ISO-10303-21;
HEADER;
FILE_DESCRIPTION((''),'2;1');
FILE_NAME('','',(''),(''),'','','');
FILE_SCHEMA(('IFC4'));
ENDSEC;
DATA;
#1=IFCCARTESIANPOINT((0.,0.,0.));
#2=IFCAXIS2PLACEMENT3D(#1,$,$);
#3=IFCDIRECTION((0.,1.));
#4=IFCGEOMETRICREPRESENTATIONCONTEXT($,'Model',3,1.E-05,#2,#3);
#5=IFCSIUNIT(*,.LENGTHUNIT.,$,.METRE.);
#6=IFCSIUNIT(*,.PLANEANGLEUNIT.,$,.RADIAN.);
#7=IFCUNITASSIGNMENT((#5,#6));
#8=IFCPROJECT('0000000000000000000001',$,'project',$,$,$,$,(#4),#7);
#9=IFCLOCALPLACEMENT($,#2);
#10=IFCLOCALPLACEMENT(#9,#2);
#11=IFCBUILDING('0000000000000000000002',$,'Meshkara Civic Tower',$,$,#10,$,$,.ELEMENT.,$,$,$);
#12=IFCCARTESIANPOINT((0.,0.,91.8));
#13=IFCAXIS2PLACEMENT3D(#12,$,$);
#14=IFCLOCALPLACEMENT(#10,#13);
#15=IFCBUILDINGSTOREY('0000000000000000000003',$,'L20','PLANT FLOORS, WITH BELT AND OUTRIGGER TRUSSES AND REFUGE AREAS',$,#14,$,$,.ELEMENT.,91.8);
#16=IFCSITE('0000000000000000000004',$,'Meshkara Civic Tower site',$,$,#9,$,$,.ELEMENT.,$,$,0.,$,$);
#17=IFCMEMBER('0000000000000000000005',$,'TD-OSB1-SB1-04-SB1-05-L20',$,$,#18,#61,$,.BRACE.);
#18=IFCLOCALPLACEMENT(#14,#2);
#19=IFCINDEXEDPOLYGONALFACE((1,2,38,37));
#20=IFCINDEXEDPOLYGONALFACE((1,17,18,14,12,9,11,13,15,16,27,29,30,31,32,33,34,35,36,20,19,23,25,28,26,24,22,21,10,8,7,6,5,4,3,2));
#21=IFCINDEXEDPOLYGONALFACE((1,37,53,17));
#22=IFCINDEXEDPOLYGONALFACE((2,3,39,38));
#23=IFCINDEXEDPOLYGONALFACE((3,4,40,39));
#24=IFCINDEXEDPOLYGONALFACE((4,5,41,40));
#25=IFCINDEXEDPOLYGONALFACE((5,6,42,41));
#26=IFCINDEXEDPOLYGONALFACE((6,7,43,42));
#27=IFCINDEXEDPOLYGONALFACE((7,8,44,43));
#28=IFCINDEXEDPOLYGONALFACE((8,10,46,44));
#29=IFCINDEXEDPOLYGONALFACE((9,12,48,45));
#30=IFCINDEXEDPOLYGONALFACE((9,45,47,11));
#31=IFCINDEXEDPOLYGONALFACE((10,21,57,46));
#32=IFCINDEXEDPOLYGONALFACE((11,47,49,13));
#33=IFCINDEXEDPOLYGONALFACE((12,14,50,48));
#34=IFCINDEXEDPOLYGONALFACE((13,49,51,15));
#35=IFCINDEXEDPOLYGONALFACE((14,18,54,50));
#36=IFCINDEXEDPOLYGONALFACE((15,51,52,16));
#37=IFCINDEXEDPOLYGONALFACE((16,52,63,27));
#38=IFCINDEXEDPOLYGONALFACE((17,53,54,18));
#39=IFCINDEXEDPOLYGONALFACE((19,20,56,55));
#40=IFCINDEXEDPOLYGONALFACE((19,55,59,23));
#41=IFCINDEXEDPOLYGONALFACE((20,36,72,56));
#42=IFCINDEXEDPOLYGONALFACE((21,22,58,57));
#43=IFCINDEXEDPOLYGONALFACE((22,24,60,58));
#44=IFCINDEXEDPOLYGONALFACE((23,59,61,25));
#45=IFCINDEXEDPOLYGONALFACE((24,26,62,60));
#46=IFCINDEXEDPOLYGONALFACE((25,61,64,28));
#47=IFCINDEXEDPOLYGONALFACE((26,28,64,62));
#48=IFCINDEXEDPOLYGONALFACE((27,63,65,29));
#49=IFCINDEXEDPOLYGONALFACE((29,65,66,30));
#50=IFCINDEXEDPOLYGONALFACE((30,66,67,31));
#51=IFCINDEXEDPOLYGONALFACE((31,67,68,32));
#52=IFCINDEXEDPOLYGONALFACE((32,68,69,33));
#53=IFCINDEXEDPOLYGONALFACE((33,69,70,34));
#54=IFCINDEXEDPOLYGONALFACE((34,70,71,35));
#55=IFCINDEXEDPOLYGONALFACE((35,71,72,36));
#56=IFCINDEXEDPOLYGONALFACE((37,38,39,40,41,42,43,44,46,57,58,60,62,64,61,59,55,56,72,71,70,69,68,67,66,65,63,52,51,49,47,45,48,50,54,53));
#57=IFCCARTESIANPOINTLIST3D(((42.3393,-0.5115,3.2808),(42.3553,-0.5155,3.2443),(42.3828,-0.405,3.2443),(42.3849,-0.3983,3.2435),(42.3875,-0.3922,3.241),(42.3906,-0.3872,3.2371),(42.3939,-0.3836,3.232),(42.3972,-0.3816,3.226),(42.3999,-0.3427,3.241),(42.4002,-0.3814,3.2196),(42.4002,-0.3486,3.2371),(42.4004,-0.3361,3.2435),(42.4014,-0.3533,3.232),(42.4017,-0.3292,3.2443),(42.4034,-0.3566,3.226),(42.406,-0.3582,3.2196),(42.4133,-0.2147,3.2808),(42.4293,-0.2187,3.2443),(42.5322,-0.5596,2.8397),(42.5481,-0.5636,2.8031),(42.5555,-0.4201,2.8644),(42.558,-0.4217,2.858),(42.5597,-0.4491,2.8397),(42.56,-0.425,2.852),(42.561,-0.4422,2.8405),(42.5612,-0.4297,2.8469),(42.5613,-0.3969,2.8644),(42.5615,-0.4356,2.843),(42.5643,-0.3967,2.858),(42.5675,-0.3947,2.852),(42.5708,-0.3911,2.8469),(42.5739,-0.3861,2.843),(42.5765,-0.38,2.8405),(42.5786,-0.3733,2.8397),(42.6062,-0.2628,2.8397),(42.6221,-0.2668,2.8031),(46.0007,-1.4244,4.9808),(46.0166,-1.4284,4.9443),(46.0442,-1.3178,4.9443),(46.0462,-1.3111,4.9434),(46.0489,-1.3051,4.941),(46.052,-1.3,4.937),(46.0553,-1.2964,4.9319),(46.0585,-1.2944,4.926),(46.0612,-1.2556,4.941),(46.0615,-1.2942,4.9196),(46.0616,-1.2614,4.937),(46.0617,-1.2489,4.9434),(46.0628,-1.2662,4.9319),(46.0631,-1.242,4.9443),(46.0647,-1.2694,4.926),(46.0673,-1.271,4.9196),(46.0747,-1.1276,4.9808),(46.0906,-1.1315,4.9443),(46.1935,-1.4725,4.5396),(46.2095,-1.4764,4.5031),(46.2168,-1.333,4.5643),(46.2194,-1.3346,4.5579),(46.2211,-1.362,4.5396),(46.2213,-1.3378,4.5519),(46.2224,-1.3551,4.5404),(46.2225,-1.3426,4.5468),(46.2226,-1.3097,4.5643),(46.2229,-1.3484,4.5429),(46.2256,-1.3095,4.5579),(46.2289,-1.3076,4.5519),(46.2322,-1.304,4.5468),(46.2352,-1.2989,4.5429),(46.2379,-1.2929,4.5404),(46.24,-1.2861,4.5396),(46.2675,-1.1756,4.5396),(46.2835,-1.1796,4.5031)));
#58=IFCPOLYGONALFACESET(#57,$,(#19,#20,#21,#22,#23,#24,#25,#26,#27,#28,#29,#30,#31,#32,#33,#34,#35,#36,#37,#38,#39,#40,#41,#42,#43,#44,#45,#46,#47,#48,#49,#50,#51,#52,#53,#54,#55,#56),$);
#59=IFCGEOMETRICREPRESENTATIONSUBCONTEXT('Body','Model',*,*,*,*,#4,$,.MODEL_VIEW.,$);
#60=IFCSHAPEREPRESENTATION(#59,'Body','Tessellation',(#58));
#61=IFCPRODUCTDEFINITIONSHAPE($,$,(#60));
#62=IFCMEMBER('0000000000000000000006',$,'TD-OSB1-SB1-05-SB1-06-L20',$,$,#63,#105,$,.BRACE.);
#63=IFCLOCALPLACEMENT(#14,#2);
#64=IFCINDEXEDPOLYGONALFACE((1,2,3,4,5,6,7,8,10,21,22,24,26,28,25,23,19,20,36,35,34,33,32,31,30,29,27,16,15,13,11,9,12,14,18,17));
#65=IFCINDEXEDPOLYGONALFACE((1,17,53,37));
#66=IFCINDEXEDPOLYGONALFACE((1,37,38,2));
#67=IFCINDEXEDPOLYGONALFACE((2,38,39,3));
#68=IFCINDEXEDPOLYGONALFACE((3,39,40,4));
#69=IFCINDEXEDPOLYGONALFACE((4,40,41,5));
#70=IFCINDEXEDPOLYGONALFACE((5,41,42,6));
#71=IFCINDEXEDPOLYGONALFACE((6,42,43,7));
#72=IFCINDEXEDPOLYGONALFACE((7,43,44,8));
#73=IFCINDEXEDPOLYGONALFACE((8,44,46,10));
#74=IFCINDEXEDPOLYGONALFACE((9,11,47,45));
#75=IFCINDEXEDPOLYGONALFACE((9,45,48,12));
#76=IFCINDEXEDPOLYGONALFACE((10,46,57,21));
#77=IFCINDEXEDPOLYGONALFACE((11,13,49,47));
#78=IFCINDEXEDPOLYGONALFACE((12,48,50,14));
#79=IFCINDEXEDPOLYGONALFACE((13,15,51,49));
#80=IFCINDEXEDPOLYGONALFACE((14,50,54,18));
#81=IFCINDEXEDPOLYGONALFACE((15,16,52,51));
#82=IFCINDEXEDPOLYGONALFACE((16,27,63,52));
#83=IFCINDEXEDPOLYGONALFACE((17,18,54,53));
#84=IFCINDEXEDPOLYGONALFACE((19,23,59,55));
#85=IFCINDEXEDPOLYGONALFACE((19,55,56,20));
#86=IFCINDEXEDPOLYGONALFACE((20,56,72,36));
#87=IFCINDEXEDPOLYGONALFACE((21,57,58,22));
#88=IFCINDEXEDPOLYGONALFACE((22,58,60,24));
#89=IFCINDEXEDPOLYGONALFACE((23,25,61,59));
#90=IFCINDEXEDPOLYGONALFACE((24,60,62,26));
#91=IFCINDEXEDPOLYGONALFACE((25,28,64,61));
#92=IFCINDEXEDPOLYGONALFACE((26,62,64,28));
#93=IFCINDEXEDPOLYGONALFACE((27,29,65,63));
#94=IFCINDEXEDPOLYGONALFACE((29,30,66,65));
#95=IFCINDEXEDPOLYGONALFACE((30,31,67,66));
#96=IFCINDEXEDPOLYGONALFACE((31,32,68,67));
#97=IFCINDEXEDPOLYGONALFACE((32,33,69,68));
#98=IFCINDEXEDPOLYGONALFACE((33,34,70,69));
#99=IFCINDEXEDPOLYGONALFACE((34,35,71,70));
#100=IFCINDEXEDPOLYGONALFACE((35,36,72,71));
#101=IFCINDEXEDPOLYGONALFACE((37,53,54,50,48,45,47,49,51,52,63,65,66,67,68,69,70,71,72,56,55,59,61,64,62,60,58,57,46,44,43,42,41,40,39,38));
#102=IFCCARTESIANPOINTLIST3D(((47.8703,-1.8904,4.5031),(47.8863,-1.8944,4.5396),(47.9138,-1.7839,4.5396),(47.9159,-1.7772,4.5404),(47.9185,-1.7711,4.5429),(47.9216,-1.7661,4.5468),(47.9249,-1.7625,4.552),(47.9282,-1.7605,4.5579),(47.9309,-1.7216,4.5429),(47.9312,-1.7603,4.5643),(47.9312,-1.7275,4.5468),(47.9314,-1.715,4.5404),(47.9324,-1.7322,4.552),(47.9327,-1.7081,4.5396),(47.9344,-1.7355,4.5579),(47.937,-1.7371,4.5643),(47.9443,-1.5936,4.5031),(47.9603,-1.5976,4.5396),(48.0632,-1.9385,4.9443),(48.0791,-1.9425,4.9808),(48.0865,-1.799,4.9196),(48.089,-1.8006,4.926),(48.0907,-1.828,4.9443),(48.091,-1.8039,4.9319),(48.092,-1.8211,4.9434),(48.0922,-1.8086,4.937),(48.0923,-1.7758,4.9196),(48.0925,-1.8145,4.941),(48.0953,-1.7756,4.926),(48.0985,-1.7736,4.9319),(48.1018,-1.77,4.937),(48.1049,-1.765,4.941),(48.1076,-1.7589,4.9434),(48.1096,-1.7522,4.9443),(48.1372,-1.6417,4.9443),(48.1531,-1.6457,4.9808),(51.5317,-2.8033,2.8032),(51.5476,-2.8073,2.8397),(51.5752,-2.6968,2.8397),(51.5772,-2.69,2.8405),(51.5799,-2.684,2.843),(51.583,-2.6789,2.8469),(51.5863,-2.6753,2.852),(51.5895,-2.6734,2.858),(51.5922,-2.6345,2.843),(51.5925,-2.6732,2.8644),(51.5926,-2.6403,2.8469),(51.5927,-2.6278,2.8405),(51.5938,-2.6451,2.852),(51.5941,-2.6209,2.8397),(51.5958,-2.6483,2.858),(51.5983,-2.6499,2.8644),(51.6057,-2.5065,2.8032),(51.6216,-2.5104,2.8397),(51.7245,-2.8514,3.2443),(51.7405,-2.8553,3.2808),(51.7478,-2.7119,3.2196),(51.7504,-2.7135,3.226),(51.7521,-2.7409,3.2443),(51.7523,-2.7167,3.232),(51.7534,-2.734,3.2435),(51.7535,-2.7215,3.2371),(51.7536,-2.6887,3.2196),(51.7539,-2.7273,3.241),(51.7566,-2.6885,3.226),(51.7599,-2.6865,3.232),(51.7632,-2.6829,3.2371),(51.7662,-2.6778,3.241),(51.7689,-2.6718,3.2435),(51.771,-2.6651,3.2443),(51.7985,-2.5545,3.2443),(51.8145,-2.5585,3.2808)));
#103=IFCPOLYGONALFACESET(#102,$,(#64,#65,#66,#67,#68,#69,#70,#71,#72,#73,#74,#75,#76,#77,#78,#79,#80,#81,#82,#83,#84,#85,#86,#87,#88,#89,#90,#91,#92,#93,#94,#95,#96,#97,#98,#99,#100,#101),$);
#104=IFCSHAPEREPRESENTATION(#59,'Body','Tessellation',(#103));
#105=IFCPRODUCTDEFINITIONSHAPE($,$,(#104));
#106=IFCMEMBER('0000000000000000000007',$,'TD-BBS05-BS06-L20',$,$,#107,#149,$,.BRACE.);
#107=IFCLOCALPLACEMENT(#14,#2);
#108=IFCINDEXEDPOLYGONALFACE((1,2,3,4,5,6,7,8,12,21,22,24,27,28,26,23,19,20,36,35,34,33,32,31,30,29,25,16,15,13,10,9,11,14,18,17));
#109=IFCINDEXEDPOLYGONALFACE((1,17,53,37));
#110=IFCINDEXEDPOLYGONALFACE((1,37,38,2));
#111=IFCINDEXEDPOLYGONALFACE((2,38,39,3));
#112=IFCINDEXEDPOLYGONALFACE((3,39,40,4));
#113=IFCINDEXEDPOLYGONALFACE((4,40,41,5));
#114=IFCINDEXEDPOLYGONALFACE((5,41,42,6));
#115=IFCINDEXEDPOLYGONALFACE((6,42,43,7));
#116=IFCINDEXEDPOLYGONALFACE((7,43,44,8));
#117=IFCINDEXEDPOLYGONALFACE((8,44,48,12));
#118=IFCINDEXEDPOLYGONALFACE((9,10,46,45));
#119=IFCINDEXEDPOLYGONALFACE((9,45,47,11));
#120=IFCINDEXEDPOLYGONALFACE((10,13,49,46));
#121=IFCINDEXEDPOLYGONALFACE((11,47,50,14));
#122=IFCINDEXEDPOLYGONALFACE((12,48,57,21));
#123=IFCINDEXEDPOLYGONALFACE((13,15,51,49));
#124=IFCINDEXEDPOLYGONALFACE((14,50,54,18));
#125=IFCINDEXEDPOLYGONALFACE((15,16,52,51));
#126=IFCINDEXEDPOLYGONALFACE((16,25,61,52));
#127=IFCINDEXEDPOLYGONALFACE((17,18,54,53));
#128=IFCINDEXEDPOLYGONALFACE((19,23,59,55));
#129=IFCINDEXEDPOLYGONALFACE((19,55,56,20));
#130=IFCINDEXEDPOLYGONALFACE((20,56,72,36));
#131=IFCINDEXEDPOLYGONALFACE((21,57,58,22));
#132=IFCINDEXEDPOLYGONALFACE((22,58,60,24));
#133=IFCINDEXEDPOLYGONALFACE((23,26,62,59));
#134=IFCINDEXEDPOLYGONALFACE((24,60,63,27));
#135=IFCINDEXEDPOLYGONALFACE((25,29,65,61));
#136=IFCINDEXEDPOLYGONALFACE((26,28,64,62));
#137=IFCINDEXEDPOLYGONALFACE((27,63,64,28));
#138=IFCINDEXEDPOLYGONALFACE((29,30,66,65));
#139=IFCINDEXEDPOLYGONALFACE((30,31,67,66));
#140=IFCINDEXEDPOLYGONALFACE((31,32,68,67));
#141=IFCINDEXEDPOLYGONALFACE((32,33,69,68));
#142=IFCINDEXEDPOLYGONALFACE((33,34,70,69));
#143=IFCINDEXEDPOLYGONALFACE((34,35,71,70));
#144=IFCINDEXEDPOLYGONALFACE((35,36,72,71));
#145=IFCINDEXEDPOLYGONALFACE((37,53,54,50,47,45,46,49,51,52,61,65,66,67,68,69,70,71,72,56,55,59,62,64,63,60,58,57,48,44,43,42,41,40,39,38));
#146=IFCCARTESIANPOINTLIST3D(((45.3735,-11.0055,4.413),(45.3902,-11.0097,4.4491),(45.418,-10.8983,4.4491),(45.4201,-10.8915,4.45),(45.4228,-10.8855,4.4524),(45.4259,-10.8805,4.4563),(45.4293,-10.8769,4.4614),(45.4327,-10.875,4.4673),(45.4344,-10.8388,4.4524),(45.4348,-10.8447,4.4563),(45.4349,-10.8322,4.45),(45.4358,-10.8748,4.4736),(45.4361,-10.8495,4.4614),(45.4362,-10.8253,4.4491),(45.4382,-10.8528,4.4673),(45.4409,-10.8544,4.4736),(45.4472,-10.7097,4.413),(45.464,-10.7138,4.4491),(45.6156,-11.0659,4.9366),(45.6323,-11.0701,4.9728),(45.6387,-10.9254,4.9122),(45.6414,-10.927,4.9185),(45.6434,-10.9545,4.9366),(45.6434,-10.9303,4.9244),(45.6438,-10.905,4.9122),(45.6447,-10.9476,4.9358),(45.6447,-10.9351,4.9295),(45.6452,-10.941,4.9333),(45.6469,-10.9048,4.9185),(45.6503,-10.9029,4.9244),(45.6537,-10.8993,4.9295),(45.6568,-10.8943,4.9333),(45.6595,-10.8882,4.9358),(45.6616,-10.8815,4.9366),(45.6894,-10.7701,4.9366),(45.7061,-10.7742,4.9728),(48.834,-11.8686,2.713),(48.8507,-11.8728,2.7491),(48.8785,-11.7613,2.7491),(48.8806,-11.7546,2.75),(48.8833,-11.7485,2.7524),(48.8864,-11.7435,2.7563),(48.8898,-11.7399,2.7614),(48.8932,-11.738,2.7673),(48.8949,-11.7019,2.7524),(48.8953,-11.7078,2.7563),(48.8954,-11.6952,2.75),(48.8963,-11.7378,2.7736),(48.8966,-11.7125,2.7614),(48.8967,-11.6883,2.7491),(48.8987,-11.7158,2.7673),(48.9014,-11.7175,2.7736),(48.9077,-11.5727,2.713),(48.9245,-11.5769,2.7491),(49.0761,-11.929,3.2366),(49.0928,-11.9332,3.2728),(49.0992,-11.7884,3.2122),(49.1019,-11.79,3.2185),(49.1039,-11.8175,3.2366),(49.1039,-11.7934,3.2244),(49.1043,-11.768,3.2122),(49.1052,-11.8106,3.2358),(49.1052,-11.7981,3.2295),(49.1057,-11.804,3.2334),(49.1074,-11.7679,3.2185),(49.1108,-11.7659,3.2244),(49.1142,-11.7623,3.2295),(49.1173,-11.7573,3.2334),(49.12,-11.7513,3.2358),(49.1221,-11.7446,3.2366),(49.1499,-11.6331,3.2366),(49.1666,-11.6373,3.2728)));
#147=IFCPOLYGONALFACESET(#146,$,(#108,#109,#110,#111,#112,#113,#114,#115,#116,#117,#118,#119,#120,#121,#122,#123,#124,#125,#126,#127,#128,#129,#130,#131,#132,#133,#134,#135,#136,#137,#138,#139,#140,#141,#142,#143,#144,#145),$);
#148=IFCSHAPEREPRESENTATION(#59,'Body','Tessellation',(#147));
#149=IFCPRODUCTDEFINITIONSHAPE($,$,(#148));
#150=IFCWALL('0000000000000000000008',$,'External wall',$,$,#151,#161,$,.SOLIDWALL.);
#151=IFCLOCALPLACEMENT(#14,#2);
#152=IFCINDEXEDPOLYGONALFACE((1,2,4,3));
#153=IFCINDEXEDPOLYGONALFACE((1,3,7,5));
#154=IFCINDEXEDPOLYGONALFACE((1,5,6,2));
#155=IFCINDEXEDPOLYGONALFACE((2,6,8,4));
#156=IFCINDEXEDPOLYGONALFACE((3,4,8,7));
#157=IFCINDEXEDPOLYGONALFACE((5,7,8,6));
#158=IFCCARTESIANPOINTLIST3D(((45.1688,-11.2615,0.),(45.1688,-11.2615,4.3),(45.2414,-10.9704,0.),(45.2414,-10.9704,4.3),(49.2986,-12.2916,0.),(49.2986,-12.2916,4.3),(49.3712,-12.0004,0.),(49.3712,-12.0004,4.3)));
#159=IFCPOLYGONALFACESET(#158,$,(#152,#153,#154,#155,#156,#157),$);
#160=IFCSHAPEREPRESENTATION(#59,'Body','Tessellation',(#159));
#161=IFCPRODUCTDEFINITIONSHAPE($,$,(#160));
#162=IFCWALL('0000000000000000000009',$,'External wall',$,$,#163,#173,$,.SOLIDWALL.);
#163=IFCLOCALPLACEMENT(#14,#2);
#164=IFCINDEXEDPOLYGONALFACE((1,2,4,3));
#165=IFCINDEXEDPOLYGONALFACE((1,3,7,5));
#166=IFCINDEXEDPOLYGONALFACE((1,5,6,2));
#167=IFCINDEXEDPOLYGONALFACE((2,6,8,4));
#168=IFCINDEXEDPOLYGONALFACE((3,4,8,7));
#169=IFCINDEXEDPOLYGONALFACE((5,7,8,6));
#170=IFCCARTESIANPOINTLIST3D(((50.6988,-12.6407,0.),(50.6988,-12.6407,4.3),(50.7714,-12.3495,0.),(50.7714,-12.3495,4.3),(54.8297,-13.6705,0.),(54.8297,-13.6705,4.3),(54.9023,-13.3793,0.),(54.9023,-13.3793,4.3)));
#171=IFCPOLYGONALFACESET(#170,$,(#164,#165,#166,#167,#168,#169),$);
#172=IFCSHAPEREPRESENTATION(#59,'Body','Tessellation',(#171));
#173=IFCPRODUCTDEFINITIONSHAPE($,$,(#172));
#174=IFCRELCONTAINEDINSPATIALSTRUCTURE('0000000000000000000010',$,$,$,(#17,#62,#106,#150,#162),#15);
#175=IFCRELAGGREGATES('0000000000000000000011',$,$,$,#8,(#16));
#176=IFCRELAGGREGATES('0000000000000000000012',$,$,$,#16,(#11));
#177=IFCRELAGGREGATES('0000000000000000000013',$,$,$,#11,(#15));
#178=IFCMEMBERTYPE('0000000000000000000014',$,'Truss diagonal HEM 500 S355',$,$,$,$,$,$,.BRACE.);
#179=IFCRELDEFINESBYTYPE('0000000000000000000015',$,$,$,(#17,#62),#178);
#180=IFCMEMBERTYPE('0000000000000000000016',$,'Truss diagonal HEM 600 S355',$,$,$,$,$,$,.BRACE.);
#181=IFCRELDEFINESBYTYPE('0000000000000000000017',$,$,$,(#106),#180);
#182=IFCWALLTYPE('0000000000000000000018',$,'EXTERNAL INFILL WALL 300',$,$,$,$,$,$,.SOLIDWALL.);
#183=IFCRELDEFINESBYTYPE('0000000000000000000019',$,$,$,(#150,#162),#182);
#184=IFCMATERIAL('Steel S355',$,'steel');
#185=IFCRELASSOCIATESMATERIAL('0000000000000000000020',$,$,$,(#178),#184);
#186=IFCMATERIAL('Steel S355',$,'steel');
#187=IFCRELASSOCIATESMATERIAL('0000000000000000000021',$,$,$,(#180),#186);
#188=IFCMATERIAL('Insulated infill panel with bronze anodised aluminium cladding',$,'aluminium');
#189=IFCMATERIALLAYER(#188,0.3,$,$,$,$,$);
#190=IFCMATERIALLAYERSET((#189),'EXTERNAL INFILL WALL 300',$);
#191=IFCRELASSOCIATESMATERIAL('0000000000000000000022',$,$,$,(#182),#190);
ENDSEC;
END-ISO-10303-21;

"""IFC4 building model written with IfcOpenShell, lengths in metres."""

from ifc_helpers import new_model, si_unit, direction, frame, frame_2d, origin, origin_2d, place, context, subcontext, project, spatial, rectangle, i_section, extrude, material, layer, layer_set, material_profile, profile_set, type_object, element, save


model = new_model("IFC4")

# Units and contexts
model_context = context("Model", 3, precision=1e-05, world=origin(), true_north=direction((0.0, 1.0)))
body_context = subcontext(model_context, "Body", "Model", "MODEL_VIEW")
ifc_project = project(units=[si_unit("LENGTHUNIT", "METRE"), si_unit("PLANEANGLEUNIT", "RADIAN")], contexts=[model_context])

# Site, building, storey
site_placement = place(None, origin())
site = spatial("IfcSite", under=ifc_project, at=site_placement, Name="Meshkara Civic Tower site", CompositionType="ELEMENT", RefElevation=0.0)
building_placement = place(site_placement, origin())
building = spatial("IfcBuilding", under=site, at=building_placement, Name="Meshkara Civic Tower", CompositionType="ELEMENT")
storey_placement = place(building_placement, frame((0.0, 0.0, 91.8)))
storey = spatial("IfcBuildingStorey", under=building, at=storey_placement, Name="L20", Description="PLANT FLOORS, WITH BELT AND OUTRIGGER TRUSSES AND REFUGE AREAS", CompositionType="ELEMENT", Elevation=91.8)

# Members
ifc_material_1 = material(Name="Steel S355", Category="steel")
ifc_material_profile_1 = material_profile(ifc_material_1, i_section(OverallWidth=0.3059, OverallDepth=0.5239, WebThickness=0.0239, FlangeThickness=0.04, FilletRadius=0.0271, at=origin_2d()))
ifc_profile_set_1 = profile_set([ifc_material_profile_1], Name="Steel S355")
member_type_1 = type_object("IfcMemberType", Name="Truss diagonal HEM 500 S355", PredefinedType="BRACE", material=ifc_profile_set_1)
for number, where, z_axis, x_axis, name in (
    (1, (42.4807, -0.3892, 3.042), (0.884669, -0.220563, 0.410746), (0.241911, 0.970298, 0.0), "TD-OSB1-SB1-04-SB1-05-L20"),
    (2, (48.0117, -1.7681, 4.7419), (0.884669, -0.220563, -0.410746), (0.241911, 0.970298, 0.0), "TD-OSB1-SB1-05-SB1-06-L20"),
):
    element("IfcMember", number, at=place(storey_placement, frame(where, z_axis=z_axis, x_axis=x_axis)), inside=storey, type_object=member_type_1, Name=name, PredefinedType="BRACE", context=body_context, shape_type="SweptSolid", body=[
        extrude(i_section(OverallWidth=0.3059, OverallDepth=0.5239, WebThickness=0.0239, FlangeThickness=0.04, FilletRadius=0.0271, at=origin_2d()), origin(), (0.0, 0.0, 1.0), 4.1387),
    ])
ifc_material_2 = material(Name="Steel S355", Category="steel")
ifc_material_profile_2 = material_profile(ifc_material_2, i_section(OverallWidth=0.3049, OverallDepth=0.6201, WebThickness=0.021, FlangeThickness=0.04, FilletRadius=0.0271, at=origin_2d()))
ifc_profile_set_2 = profile_set([ifc_material_profile_2], Name="Steel S355")
member_type_2 = type_object("IfcMemberType", Name="Truss diagonal HEM 600 S355", PredefinedType="BRACE", material=ifc_profile_set_2)
member_placement = place(storey_placement, frame((45.5398, -10.8899, 4.6929), z_axis=(0.87587, -0.218442, -0.430273), x_axis=(0.241988, 0.970279, 0.0)))
element("IfcMember", 3, at=member_placement, inside=storey, type_object=member_type_2, Name="TD-BBS05-BS06-L20", PredefinedType="BRACE", context=body_context, shape_type="SweptSolid", body=[
    extrude(i_section(OverallWidth=0.3049, OverallDepth=0.6201, WebThickness=0.021, FlangeThickness=0.04, FilletRadius=0.0271, at=origin_2d()), origin(), (0.0, 0.0, 1.0), 3.9509),
])

# Walls
ifc_material_3 = material(Name="Insulated infill panel with bronze anodised aluminium cladding", Category="aluminium")
ifc_layer_1 = layer(ifc_material_3, 0.3)
ifc_layer_set_1 = layer_set([ifc_layer_1], Name="EXTERNAL INFILL WALL 300")
wall_type_1 = type_object("IfcWallType", Name="EXTERNAL INFILL WALL 300", PredefinedType="SOLIDWALL", material=ifc_layer_set_1)
wall_1_placement = place(storey_placement, frame((45.2051, -11.116, 0.0), z_axis=(0.0, 0.0, 1.0), x_axis=(0.970277, -0.241996, 0.0)))
element("IfcWall", 4, at=wall_1_placement, inside=storey, type_object=wall_type_1, Name="External wall", PredefinedType="SOLIDWALL", context=body_context, shape_type="SweptSolid", body=[
    extrude(rectangle(XDim=4.2563, YDim=0.3, at=frame_2d((2.1282, 0.0))), origin(), (0.0, 0.0, 1.0), 4.3),
])
wall_2_placement = place(storey_placement, frame((50.7351, -12.4951, 0.0), z_axis=(0.0, 0.0, 1.0), x_axis=(0.970304, -0.241888, 0.0)))
element("IfcWall", 5, at=wall_2_placement, inside=storey, type_object=wall_type_1, Name="External wall", PredefinedType="SOLIDWALL", context=body_context, shape_type="SweptSolid", body=[
    extrude(rectangle(XDim=4.2573, YDim=0.3, at=frame_2d((2.1287, 0.0))), origin(), (0.0, 0.0, 1.0), 4.3),
])

save(model, "model.ifc")
